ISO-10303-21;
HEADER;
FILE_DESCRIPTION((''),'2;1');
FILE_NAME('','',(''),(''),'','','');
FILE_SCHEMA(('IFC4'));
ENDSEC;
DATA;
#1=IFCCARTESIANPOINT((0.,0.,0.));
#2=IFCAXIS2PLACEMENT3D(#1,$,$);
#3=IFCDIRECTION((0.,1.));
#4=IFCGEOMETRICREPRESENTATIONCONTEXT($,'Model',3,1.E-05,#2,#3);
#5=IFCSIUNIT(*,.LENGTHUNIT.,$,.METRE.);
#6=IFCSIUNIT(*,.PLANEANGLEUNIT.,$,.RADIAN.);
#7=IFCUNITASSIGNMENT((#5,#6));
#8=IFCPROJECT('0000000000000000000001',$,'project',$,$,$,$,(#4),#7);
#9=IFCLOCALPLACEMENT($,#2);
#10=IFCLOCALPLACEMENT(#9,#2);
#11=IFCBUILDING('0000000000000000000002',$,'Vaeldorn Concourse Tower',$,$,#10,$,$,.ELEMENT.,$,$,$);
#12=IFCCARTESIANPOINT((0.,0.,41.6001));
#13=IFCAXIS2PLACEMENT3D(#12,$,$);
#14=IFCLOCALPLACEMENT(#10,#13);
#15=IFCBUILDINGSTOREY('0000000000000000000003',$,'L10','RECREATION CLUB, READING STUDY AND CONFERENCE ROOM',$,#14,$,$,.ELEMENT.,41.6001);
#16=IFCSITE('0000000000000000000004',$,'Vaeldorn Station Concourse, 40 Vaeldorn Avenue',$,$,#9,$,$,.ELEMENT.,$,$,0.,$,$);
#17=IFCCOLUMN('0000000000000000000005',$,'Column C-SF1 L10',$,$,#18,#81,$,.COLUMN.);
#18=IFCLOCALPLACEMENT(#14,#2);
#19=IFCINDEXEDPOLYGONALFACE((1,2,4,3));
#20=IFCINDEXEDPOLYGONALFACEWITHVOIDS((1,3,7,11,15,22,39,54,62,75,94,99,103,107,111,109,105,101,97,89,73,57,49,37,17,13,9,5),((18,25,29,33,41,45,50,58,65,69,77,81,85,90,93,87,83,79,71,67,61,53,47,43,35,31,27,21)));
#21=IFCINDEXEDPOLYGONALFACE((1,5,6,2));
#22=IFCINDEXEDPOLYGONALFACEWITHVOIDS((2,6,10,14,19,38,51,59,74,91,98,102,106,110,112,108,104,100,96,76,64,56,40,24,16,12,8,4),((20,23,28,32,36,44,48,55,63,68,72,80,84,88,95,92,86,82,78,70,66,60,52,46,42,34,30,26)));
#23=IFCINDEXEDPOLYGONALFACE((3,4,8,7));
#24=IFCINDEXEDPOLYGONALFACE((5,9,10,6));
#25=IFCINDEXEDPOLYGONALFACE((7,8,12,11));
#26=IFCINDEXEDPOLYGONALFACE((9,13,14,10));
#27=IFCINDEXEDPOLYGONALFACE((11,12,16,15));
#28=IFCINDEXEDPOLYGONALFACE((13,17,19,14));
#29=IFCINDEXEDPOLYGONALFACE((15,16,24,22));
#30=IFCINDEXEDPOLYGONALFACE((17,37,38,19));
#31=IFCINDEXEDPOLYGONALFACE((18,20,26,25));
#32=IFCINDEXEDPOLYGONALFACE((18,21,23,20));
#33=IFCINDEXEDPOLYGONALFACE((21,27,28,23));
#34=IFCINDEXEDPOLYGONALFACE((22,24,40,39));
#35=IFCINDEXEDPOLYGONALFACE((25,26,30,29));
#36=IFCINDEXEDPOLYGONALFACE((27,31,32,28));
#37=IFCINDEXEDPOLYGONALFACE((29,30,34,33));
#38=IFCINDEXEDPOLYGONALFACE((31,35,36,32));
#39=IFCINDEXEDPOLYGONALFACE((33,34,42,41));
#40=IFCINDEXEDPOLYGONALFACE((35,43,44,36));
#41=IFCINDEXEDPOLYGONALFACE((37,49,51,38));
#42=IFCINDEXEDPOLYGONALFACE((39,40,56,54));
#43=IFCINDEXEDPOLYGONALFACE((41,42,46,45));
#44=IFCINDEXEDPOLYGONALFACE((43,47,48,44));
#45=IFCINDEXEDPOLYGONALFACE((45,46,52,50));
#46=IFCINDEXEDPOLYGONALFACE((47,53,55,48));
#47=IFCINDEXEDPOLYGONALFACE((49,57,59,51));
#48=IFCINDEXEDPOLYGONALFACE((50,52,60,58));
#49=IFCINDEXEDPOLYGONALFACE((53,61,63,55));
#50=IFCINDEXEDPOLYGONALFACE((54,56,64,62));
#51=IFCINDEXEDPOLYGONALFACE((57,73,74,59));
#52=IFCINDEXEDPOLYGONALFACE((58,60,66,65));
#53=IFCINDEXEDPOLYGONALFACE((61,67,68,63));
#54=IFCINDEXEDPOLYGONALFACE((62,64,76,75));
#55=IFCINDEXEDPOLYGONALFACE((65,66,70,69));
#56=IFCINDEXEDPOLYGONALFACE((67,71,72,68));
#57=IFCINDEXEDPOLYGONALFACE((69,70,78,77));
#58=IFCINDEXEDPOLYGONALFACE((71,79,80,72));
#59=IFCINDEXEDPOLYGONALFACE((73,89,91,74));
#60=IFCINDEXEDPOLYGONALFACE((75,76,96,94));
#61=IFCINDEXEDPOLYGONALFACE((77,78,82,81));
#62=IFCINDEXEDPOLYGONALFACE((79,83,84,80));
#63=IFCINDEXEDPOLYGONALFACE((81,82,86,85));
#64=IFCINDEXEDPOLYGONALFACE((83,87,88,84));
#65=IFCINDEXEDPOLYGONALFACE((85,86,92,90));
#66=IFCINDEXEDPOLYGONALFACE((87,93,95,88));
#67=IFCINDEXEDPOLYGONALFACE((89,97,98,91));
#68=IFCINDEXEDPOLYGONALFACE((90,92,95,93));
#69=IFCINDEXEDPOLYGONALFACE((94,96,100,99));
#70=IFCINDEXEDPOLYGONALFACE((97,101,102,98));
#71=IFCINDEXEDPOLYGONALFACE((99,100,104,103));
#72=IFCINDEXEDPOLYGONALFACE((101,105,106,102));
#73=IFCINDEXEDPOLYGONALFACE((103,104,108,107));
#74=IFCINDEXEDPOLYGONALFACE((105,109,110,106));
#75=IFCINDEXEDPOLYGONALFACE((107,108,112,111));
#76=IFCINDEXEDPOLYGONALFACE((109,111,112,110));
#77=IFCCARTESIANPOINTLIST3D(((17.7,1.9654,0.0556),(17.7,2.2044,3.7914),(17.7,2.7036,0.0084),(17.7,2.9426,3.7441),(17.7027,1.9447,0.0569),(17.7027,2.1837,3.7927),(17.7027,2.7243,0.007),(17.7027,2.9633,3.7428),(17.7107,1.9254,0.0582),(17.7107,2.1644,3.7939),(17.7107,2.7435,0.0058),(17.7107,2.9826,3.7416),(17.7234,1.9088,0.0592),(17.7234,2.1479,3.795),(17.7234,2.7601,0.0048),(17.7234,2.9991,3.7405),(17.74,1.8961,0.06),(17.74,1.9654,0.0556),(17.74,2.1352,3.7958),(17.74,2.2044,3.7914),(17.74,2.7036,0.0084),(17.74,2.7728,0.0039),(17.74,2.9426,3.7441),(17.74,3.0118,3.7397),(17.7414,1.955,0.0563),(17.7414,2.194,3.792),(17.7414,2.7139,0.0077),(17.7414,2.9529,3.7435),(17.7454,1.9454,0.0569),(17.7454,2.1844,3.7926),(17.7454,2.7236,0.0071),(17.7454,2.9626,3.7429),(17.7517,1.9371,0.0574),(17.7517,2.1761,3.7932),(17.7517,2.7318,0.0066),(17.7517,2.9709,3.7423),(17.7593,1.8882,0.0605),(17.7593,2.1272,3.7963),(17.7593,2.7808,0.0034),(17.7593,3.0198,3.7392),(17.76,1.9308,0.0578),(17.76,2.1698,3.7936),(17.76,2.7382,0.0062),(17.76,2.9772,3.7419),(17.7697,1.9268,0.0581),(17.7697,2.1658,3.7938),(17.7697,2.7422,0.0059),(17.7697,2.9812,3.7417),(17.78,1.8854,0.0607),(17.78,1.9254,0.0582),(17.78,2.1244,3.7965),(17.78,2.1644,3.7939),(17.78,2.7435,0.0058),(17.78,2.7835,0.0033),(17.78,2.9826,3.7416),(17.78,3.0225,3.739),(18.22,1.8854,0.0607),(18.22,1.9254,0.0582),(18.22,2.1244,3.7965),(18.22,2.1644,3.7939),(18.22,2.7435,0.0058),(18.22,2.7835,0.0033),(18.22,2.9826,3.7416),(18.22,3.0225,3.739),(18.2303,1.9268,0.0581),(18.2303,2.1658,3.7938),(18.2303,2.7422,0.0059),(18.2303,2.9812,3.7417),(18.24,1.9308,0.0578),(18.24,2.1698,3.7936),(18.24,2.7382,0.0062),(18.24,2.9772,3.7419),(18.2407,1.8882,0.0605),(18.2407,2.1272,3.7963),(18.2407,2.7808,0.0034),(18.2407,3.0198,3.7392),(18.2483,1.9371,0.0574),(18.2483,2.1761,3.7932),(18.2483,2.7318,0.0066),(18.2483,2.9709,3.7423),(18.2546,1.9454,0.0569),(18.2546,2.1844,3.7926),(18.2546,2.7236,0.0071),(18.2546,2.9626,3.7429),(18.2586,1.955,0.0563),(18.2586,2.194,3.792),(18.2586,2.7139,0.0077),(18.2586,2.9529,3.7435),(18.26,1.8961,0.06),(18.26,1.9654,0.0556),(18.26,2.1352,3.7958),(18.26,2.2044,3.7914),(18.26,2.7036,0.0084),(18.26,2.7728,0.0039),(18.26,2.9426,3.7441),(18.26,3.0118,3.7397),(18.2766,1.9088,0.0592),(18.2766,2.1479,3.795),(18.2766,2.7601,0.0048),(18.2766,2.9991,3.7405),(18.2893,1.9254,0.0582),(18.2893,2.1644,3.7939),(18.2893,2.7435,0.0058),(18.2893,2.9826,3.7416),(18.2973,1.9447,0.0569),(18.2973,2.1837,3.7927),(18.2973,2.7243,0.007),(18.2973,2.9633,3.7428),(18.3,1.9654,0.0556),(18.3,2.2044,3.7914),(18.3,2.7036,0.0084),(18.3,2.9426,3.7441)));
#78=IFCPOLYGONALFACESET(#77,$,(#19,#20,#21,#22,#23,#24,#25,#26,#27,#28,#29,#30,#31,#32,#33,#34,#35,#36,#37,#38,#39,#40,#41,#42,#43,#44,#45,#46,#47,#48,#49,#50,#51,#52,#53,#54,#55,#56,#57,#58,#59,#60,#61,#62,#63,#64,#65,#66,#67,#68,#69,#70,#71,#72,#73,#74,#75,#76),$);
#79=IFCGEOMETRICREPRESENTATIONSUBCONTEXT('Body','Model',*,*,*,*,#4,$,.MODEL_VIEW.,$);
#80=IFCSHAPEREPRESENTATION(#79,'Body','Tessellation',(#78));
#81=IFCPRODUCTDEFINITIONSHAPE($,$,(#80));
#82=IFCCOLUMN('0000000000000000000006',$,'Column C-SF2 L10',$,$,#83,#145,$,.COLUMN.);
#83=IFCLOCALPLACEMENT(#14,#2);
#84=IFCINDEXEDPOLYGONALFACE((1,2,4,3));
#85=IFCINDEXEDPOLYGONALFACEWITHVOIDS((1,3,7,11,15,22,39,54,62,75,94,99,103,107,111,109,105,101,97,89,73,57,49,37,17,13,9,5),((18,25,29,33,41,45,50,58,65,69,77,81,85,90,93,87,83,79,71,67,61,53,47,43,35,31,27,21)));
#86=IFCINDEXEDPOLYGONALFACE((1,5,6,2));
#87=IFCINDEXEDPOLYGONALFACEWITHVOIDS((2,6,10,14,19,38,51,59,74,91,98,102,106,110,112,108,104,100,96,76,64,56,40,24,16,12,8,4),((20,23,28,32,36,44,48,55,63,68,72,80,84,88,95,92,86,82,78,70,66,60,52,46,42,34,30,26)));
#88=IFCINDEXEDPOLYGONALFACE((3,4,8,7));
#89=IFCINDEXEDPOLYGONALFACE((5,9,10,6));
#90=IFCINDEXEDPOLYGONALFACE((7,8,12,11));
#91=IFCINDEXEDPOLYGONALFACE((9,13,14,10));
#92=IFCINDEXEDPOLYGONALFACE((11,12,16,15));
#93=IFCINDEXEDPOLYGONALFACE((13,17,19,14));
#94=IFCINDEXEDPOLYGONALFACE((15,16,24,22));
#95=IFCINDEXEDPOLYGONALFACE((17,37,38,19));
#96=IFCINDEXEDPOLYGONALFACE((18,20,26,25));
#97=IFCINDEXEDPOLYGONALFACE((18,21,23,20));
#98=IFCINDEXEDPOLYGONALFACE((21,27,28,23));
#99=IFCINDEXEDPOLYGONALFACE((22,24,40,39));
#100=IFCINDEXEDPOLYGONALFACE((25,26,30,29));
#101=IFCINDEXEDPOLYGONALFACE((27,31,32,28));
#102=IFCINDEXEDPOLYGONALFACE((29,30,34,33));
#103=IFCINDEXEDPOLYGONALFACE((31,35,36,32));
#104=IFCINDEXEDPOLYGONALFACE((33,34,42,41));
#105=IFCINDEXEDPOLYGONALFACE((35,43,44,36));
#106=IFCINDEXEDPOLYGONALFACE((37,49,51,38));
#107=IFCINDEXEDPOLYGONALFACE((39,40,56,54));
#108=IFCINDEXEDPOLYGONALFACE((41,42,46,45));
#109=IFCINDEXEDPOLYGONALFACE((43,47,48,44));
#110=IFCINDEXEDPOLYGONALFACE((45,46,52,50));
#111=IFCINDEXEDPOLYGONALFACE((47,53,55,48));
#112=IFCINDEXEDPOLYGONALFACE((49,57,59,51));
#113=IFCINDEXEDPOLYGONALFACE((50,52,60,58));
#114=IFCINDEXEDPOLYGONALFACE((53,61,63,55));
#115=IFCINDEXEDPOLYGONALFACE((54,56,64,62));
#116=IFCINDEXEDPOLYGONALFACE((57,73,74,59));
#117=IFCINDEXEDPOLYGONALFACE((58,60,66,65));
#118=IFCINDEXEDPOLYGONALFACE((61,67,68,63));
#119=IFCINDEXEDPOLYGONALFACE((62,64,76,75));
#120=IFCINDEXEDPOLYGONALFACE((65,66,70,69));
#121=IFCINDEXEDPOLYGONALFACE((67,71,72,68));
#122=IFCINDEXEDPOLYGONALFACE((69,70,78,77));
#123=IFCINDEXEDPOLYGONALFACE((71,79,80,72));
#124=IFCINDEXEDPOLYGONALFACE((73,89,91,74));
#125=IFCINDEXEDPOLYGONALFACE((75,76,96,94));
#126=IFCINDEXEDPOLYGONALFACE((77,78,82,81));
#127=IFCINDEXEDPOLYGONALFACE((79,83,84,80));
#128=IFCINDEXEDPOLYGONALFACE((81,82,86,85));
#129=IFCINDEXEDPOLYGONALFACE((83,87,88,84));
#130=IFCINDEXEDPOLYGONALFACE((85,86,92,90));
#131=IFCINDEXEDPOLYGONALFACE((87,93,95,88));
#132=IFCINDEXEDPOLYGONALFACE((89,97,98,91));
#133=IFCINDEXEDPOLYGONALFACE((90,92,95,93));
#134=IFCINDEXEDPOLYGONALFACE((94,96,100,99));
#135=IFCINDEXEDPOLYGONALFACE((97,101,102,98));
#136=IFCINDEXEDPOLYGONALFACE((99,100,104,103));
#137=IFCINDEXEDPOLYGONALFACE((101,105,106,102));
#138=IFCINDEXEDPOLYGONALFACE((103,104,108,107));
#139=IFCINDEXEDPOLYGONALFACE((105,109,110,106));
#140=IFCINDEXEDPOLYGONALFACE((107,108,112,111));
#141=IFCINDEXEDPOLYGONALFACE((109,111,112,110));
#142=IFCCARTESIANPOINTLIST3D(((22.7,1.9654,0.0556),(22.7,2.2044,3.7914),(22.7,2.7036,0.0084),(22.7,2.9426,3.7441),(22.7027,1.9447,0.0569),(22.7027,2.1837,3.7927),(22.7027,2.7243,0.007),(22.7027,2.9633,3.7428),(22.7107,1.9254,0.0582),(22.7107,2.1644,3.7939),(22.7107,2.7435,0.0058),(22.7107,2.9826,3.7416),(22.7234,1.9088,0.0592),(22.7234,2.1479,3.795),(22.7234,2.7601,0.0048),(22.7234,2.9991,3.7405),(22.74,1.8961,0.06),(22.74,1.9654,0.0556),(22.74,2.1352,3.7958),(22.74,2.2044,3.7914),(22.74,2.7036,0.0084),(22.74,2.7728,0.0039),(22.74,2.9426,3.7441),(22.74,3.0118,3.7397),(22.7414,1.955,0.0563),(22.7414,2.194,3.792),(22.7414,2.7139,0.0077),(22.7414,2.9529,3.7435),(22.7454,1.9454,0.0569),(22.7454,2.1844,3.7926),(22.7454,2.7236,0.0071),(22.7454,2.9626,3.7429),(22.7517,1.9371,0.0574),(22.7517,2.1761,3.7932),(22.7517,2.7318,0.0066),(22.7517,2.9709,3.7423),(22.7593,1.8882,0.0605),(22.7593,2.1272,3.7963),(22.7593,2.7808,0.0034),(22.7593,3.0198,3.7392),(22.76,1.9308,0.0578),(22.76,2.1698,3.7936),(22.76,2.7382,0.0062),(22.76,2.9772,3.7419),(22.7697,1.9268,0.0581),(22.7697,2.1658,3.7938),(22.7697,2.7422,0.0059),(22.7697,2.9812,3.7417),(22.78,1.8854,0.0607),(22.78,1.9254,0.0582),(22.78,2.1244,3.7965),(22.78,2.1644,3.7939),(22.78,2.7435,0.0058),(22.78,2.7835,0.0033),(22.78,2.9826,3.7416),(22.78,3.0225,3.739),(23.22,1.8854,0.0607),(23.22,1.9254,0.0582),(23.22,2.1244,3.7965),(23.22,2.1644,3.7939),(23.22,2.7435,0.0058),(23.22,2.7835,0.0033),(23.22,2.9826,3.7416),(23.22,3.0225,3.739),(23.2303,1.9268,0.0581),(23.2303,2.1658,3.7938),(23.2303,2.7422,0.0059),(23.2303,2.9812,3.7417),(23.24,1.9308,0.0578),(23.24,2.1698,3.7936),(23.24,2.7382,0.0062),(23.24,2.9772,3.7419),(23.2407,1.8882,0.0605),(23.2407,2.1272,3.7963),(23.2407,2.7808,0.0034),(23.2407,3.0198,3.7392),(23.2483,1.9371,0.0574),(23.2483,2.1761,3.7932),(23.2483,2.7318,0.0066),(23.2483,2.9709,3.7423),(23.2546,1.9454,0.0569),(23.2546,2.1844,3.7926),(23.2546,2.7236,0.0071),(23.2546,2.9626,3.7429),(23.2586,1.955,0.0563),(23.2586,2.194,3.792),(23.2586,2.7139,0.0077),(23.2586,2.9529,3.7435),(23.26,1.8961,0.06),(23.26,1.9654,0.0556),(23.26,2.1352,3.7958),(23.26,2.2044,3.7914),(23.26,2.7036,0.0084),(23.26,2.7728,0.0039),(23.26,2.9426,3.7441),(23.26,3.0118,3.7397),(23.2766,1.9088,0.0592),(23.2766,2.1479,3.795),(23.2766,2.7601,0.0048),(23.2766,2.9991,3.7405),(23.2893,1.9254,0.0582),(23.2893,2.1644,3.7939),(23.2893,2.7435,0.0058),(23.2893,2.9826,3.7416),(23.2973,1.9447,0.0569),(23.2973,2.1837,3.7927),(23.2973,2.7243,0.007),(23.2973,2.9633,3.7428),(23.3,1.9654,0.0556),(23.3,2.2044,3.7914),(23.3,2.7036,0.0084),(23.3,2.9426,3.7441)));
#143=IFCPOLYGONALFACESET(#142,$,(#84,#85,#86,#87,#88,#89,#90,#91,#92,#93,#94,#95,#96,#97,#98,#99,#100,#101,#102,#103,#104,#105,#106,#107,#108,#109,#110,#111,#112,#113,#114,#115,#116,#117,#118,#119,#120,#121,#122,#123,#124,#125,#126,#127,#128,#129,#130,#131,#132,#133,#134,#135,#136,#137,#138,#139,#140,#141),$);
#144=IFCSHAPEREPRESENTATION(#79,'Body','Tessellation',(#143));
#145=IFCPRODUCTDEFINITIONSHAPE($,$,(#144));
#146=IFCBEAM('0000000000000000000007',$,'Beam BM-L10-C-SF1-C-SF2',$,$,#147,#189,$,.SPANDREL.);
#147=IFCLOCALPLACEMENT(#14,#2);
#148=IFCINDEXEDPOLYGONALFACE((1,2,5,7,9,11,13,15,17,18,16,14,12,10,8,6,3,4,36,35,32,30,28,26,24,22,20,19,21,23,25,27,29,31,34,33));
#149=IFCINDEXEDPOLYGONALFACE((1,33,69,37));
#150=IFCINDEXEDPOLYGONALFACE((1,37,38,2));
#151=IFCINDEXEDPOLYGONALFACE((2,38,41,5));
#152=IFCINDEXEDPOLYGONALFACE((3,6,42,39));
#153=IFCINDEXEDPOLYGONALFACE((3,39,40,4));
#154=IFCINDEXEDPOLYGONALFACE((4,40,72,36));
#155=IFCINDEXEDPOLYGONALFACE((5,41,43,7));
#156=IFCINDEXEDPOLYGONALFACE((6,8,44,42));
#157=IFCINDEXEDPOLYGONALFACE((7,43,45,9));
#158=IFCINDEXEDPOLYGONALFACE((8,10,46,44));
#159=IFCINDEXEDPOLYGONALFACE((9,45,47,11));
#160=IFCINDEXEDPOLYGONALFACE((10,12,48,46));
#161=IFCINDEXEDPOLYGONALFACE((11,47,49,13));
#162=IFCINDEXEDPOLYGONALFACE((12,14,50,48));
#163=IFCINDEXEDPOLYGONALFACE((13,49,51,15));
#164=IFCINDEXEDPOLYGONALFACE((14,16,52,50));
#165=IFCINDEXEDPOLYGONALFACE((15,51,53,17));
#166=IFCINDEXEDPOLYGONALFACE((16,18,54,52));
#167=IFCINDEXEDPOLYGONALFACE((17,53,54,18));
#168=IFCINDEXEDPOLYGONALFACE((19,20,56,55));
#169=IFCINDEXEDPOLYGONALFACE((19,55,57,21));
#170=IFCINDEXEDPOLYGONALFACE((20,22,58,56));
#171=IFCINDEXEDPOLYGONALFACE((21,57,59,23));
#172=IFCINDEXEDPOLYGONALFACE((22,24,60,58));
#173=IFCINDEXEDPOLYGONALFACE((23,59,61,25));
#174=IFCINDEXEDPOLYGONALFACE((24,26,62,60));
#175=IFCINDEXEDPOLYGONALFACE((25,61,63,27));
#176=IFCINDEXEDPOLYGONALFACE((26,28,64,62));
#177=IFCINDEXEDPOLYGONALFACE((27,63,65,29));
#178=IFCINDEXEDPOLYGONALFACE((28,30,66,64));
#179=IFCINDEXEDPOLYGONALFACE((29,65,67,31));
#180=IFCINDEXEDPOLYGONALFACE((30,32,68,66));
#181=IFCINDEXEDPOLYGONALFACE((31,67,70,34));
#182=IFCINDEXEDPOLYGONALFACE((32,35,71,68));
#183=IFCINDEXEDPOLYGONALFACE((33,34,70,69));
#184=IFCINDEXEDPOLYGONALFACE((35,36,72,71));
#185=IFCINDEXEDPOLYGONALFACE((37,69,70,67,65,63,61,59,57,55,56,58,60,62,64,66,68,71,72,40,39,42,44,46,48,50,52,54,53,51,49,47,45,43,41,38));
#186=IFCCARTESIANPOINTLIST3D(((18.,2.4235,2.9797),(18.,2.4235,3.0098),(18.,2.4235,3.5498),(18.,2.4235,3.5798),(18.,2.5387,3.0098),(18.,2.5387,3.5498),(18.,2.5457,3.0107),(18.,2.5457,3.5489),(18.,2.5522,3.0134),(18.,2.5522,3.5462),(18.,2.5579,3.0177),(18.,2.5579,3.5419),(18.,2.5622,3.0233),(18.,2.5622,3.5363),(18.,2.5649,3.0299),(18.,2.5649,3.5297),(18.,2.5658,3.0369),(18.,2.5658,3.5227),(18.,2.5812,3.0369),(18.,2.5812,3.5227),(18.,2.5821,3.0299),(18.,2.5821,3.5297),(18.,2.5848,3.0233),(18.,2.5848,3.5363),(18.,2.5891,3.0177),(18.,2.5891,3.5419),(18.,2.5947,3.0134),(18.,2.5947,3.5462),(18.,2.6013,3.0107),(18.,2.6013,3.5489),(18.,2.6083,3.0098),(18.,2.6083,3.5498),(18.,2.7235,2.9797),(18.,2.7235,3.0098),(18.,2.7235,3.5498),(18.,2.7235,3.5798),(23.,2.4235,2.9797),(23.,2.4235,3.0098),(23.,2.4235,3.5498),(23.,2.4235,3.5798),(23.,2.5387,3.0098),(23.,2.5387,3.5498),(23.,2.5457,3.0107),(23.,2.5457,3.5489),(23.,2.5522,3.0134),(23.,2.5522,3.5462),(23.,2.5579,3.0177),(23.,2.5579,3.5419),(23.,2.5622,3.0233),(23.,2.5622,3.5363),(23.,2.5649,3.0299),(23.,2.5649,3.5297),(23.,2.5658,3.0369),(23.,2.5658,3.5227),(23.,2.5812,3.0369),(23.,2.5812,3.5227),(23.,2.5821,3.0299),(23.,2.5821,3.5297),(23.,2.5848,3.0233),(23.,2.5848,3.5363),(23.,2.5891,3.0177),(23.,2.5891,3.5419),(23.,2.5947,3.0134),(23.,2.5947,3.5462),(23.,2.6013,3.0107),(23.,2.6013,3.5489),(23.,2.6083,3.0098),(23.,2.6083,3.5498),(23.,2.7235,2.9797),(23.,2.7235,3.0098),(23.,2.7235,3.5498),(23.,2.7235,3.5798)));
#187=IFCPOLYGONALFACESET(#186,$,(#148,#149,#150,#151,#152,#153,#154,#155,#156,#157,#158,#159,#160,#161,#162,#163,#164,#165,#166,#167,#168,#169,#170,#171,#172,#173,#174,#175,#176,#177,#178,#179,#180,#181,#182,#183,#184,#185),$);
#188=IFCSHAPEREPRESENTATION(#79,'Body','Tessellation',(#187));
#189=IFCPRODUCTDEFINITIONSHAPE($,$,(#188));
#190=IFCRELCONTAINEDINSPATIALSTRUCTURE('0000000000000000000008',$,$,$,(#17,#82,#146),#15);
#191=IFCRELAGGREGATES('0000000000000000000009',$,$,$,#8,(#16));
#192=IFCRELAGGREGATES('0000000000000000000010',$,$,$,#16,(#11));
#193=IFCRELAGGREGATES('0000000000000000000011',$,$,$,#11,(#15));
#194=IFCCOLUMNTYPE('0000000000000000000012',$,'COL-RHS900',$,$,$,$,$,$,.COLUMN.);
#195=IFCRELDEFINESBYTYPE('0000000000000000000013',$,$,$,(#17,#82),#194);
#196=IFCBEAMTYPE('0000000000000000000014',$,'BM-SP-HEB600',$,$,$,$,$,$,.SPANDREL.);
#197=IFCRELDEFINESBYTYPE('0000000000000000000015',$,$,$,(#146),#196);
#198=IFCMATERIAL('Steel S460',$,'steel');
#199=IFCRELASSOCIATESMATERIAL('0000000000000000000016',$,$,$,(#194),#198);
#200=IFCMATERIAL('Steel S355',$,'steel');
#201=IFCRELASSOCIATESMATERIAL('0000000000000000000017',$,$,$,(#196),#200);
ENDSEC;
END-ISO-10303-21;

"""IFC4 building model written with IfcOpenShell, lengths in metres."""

from ifc_helpers import new_model, si_unit, direction, frame, origin, origin_2d, place, context, subcontext, project, spatial, hollow_rectangle, i_section, extrude, source, transform, mapped, material, material_profile, profile_set, type_object, element, save


model = new_model("IFC4")

# Units and contexts
model_context = context("Model", 3, precision=1e-05, world=origin(), true_north=direction((0.0, 1.0)))
body_context = subcontext(model_context, "Body", "Model", "MODEL_VIEW")
ifc_project = project(units=[si_unit("LENGTHUNIT", "METRE"), si_unit("PLANEANGLEUNIT", "RADIAN")], contexts=[model_context])

# Site, building, storey
site_placement = place(None, origin())
site = spatial("IfcSite", under=ifc_project, at=site_placement, Name="Vaeldorn Station Concourse, 40 Vaeldorn Avenue", CompositionType="ELEMENT", RefElevation=0.0)
building_placement = place(site_placement, origin())
building = spatial("IfcBuilding", under=site, at=building_placement, Name="Vaeldorn Concourse Tower", CompositionType="ELEMENT")
storey_placement = place(building_placement, frame((0.0, 0.0, 41.6001)))
storey = spatial("IfcBuildingStorey", under=building, at=storey_placement, Name="L10", Description="RECREATION CLUB, READING STUDY AND CONFERENCE ROOM", CompositionType="ELEMENT", Elevation=41.6001)

# Columns
ifc_material_1 = material(Name="Steel S460", Category="steel")
ifc_material_profile_1 = material_profile(ifc_material_1, hollow_rectangle(XDim=0.6001, YDim=0.8999, WallThickness=0.04, InnerFilletRadius=0.04, OuterFilletRadius=0.0801, at=origin_2d()), Name="RHS 900x600x40")
ifc_profile_set_1 = profile_set([ifc_material_profile_1], Name="Steel S460")
column_type = type_object("IfcColumnType", Name="COL-RHS900", PredefinedType="COLUMN", material=ifc_profile_set_1)
shared_shape_1 = source(origin(), body_context, "Body", "SweptSolid", [
    extrude(hollow_rectangle(XDim=0.6001, YDim=0.8999, WallThickness=0.04, InnerFilletRadius=0.04, OuterFilletRadius=0.0801, at=origin_2d()), origin(), (0.0, 0.0, 1.0), 3.7434),
])
for number, where, z_axis, x_axis, name in (
    (1, (18.0, 2.3345, 0.032), (0.0, 0.063848, 0.99796), (-1.0, 0.0, 0.0), "Column C-SF1 L10"),
    (2, (23.0, 2.3345, 0.032), (0.0, 0.063848, 0.99796), (-1.0, 0.0, 0.0), "Column C-SF2 L10"),
):
    element("IfcColumn", number, at=place(storey_placement, frame(where, z_axis=z_axis, x_axis=x_axis)), inside=storey, type_object=column_type, Name=name, PredefinedType="COLUMN", context=body_context, shape_type="MappedRepresentation", body=[
        mapped(shared_shape_1, transform((0.0, 0.0, 0.0), scale=1.0)),
    ])

# Beam
ifc_material_2 = material(Name="Steel S355", Category="steel")
ifc_material_profile_2 = material_profile(ifc_material_2, i_section(OverallWidth=0.3, OverallDepth=0.6001, WebThickness=0.0154, FlangeThickness=0.03, FilletRadius=0.0271, at=origin_2d()), Name="HEB 600")
ifc_profile_set_2 = profile_set([ifc_material_profile_2], Name="Steel S355")
beam_type_1 = type_object("IfcBeamType", Name="BM-SP-HEB600", PredefinedType="SPANDREL", material=ifc_profile_set_2)
shared_shape_2 = source(origin(), body_context, "Body", "SweptSolid", [
    extrude(i_section(OverallWidth=0.3, OverallDepth=0.6001, WebThickness=0.0154, FlangeThickness=0.03, FilletRadius=0.0271, at=origin_2d()), origin(), (0.0, 0.0, 1.0), 5.0),
])
beam_1_placement = place(storey_placement, frame((18.0, 2.5735, 3.2798), z_axis=(1.0, 0.0, 0.0), x_axis=(0.0, 1.0, 0.0)))
element("IfcBeam", 3, at=beam_1_placement, inside=storey, type_object=beam_type_1, Name="Beam BM-L10-C-SF1-C-SF2", PredefinedType="SPANDREL", context=body_context, shape_type="MappedRepresentation", body=[
    mapped(shared_shape_2, transform((0.0, 0.0, 0.0), scale=1.0)),
])

save(model, "model.ifc")
